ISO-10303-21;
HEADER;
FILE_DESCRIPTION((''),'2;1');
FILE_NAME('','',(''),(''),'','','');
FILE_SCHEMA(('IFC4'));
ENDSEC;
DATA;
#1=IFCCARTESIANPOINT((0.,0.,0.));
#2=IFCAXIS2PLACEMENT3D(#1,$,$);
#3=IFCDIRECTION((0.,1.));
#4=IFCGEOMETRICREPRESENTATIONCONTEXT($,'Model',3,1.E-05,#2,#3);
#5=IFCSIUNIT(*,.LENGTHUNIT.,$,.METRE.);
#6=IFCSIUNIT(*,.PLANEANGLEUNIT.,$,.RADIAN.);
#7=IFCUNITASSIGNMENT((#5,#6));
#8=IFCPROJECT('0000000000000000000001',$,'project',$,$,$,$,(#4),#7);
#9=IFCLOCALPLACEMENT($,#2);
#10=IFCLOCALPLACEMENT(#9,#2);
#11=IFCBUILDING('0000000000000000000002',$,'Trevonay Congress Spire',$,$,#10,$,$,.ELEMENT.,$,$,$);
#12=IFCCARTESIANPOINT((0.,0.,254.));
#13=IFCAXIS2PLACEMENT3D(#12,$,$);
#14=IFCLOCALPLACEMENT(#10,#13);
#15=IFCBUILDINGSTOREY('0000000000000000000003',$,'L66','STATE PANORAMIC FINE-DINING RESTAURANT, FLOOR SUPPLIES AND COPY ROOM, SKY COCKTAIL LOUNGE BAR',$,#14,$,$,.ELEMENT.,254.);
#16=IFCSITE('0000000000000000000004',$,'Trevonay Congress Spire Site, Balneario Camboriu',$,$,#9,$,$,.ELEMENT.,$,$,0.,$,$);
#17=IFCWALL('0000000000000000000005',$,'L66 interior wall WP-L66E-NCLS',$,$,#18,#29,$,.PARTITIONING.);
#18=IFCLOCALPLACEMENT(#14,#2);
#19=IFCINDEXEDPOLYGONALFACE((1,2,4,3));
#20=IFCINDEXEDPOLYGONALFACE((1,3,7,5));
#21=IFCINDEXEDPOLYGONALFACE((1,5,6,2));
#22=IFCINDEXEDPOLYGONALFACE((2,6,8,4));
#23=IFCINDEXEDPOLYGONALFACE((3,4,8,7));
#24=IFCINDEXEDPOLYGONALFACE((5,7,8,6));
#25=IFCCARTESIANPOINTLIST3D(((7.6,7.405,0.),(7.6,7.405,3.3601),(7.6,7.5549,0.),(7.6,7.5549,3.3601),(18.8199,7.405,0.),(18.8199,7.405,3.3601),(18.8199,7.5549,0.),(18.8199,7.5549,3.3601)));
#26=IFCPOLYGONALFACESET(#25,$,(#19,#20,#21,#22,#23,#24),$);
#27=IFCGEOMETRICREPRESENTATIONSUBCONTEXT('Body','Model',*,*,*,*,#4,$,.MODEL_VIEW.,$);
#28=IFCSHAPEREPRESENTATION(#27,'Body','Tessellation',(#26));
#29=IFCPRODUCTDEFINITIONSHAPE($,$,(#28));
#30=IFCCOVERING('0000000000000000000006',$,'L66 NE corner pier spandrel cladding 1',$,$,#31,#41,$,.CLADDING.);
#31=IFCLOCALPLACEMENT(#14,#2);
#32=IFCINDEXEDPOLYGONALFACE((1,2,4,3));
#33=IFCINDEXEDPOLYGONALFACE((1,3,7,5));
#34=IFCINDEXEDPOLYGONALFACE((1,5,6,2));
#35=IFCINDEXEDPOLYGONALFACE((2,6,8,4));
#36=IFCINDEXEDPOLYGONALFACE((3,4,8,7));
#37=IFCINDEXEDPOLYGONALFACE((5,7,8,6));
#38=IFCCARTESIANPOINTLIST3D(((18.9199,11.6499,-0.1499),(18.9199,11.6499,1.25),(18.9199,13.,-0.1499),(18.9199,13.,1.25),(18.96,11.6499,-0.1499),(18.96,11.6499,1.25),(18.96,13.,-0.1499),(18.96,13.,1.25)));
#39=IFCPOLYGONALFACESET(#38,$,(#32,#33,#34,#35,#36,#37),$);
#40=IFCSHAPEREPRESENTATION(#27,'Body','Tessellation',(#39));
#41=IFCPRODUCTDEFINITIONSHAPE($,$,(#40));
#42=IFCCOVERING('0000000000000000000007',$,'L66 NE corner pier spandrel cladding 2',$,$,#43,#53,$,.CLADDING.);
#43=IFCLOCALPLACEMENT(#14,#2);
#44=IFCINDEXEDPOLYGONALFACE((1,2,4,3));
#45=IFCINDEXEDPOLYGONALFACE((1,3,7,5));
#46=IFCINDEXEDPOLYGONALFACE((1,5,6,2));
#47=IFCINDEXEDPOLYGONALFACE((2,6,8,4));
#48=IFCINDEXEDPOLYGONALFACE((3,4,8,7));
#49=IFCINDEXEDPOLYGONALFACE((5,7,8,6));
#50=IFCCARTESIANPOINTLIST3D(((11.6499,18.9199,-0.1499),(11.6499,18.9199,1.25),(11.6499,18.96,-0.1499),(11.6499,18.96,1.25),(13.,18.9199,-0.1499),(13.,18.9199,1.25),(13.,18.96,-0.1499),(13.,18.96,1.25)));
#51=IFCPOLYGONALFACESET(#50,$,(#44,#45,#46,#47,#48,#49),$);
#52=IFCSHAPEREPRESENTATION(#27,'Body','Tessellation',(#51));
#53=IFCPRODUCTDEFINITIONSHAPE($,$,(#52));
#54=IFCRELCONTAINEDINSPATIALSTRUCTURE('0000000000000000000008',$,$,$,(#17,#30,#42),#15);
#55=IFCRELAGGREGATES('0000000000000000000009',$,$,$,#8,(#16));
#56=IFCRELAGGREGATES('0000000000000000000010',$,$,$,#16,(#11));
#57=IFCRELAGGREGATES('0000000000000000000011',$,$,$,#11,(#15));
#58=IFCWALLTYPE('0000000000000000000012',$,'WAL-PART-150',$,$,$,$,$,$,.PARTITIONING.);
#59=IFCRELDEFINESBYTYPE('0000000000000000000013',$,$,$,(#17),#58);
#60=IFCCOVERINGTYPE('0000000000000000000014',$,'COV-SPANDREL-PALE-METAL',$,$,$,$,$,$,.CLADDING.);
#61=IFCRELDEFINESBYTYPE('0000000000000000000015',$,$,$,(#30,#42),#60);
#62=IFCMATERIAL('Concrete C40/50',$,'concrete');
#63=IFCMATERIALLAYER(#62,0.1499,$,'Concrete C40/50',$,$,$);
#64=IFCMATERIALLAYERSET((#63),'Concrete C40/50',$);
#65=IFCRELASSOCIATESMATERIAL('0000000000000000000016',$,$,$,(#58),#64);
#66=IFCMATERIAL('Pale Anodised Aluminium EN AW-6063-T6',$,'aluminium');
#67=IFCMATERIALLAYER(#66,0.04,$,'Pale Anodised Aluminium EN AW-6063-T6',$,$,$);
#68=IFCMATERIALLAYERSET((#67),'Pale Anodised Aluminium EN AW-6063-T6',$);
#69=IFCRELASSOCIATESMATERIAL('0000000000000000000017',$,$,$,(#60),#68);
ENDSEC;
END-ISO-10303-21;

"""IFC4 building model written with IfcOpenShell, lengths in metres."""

from ifc_helpers import new_model, si_unit, direction, frame, frame_2d, origin, place, context, subcontext, project, spatial, rectangle, extrude, material, layer, layer_set, type_object, element, save


model = new_model("IFC4")

# Units and contexts
model_context = context("Model", 3, precision=1e-05, world=origin(), true_north=direction((0.0, 1.0)))
body_context = subcontext(model_context, "Body", "Model", "MODEL_VIEW")
ifc_project = project(units=[si_unit("LENGTHUNIT", "METRE"), si_unit("PLANEANGLEUNIT", "RADIAN")], contexts=[model_context])

# Site, building, storey
site_placement = place(None, origin())
site = spatial("IfcSite", under=ifc_project, at=site_placement, Name="Trevonay Congress Spire Site, Balneario Camboriu", CompositionType="ELEMENT", RefElevation=0.0)
building_placement = place(site_placement, origin())
building = spatial("IfcBuilding", under=site, at=building_placement, Name="Trevonay Congress Spire", CompositionType="ELEMENT")
storey_placement = place(building_placement, frame((0.0, 0.0, 254.0)))
storey = spatial("IfcBuildingStorey", under=building, at=storey_placement, Name="L66", Description="STATE PANORAMIC FINE-DINING RESTAURANT, FLOOR SUPPLIES AND COPY ROOM, SKY COCKTAIL LOUNGE BAR", CompositionType="ELEMENT", Elevation=254.0)

# Shared definitions
ifc_material_1 = material(Name="Pale Anodised Aluminium EN AW-6063-T6", Category="aluminium")

# Wall
ifc_material_2 = material(Name="Concrete C40/50", Category="concrete")
ifc_layer_1 = layer(ifc_material_2, 0.1499, Name="Concrete C40/50")
ifc_layer_set_1 = layer_set([ifc_layer_1], Name="Concrete C40/50")
wall_type_1 = type_object("IfcWallType", Name="WAL-PART-150", PredefinedType="PARTITIONING", material=ifc_layer_set_1)
wall_1_placement = place(storey_placement, frame((7.6001, 7.48, 0.0), z_axis=(0.0, 0.0, 1.0), x_axis=(1.0, 0.0, 0.0)))
element("IfcWall", 1, at=wall_1_placement, inside=storey, type_object=wall_type_1, Name="L66 interior wall WP-L66E-NCLS", PredefinedType="PARTITIONING", context=body_context, shape_type="SweptSolid", body=[
    extrude(rectangle(XDim=11.22, YDim=0.1499, at=frame_2d((5.6099, 0.0))), origin(), (0.0, 0.0, 1.0), 3.3601),
])

# Coverings
ifc_layer_2 = layer(ifc_material_1, 0.04, Name="Pale Anodised Aluminium EN AW-6063-T6")
ifc_layer_set_2 = layer_set([ifc_layer_2], Name="Pale Anodised Aluminium EN AW-6063-T6")
covering_type = type_object("IfcCoveringType", Name="COV-SPANDREL-PALE-METAL", PredefinedType="CLADDING", material=ifc_layer_set_2)
for number, where, z_axis, x_axis, name in (
    (2, (18.9399, 11.6499, -0.1499), (0.0, 0.0, 1.0), (0.0, 1.0, 0.0), "L66 NE corner pier spandrel cladding 1"),
    (3, (11.6499, 18.9399, -0.1499), (0.0, 0.0, 1.0), (1.0, 0.0, 0.0), "L66 NE corner pier spandrel cladding 2"),
):
    element("IfcCovering", number, at=place(storey_placement, frame(where, z_axis=z_axis, x_axis=x_axis)), inside=storey, type_object=covering_type, Name=name, PredefinedType="CLADDING", context=body_context, shape_type="SweptSolid", body=[
        extrude(rectangle(XDim=1.3501, YDim=0.04, at=frame_2d((0.675, 0.0))), origin(), (0.0, 0.0, 1.0), 1.3999),
    ])

save(model, "model.ifc")
